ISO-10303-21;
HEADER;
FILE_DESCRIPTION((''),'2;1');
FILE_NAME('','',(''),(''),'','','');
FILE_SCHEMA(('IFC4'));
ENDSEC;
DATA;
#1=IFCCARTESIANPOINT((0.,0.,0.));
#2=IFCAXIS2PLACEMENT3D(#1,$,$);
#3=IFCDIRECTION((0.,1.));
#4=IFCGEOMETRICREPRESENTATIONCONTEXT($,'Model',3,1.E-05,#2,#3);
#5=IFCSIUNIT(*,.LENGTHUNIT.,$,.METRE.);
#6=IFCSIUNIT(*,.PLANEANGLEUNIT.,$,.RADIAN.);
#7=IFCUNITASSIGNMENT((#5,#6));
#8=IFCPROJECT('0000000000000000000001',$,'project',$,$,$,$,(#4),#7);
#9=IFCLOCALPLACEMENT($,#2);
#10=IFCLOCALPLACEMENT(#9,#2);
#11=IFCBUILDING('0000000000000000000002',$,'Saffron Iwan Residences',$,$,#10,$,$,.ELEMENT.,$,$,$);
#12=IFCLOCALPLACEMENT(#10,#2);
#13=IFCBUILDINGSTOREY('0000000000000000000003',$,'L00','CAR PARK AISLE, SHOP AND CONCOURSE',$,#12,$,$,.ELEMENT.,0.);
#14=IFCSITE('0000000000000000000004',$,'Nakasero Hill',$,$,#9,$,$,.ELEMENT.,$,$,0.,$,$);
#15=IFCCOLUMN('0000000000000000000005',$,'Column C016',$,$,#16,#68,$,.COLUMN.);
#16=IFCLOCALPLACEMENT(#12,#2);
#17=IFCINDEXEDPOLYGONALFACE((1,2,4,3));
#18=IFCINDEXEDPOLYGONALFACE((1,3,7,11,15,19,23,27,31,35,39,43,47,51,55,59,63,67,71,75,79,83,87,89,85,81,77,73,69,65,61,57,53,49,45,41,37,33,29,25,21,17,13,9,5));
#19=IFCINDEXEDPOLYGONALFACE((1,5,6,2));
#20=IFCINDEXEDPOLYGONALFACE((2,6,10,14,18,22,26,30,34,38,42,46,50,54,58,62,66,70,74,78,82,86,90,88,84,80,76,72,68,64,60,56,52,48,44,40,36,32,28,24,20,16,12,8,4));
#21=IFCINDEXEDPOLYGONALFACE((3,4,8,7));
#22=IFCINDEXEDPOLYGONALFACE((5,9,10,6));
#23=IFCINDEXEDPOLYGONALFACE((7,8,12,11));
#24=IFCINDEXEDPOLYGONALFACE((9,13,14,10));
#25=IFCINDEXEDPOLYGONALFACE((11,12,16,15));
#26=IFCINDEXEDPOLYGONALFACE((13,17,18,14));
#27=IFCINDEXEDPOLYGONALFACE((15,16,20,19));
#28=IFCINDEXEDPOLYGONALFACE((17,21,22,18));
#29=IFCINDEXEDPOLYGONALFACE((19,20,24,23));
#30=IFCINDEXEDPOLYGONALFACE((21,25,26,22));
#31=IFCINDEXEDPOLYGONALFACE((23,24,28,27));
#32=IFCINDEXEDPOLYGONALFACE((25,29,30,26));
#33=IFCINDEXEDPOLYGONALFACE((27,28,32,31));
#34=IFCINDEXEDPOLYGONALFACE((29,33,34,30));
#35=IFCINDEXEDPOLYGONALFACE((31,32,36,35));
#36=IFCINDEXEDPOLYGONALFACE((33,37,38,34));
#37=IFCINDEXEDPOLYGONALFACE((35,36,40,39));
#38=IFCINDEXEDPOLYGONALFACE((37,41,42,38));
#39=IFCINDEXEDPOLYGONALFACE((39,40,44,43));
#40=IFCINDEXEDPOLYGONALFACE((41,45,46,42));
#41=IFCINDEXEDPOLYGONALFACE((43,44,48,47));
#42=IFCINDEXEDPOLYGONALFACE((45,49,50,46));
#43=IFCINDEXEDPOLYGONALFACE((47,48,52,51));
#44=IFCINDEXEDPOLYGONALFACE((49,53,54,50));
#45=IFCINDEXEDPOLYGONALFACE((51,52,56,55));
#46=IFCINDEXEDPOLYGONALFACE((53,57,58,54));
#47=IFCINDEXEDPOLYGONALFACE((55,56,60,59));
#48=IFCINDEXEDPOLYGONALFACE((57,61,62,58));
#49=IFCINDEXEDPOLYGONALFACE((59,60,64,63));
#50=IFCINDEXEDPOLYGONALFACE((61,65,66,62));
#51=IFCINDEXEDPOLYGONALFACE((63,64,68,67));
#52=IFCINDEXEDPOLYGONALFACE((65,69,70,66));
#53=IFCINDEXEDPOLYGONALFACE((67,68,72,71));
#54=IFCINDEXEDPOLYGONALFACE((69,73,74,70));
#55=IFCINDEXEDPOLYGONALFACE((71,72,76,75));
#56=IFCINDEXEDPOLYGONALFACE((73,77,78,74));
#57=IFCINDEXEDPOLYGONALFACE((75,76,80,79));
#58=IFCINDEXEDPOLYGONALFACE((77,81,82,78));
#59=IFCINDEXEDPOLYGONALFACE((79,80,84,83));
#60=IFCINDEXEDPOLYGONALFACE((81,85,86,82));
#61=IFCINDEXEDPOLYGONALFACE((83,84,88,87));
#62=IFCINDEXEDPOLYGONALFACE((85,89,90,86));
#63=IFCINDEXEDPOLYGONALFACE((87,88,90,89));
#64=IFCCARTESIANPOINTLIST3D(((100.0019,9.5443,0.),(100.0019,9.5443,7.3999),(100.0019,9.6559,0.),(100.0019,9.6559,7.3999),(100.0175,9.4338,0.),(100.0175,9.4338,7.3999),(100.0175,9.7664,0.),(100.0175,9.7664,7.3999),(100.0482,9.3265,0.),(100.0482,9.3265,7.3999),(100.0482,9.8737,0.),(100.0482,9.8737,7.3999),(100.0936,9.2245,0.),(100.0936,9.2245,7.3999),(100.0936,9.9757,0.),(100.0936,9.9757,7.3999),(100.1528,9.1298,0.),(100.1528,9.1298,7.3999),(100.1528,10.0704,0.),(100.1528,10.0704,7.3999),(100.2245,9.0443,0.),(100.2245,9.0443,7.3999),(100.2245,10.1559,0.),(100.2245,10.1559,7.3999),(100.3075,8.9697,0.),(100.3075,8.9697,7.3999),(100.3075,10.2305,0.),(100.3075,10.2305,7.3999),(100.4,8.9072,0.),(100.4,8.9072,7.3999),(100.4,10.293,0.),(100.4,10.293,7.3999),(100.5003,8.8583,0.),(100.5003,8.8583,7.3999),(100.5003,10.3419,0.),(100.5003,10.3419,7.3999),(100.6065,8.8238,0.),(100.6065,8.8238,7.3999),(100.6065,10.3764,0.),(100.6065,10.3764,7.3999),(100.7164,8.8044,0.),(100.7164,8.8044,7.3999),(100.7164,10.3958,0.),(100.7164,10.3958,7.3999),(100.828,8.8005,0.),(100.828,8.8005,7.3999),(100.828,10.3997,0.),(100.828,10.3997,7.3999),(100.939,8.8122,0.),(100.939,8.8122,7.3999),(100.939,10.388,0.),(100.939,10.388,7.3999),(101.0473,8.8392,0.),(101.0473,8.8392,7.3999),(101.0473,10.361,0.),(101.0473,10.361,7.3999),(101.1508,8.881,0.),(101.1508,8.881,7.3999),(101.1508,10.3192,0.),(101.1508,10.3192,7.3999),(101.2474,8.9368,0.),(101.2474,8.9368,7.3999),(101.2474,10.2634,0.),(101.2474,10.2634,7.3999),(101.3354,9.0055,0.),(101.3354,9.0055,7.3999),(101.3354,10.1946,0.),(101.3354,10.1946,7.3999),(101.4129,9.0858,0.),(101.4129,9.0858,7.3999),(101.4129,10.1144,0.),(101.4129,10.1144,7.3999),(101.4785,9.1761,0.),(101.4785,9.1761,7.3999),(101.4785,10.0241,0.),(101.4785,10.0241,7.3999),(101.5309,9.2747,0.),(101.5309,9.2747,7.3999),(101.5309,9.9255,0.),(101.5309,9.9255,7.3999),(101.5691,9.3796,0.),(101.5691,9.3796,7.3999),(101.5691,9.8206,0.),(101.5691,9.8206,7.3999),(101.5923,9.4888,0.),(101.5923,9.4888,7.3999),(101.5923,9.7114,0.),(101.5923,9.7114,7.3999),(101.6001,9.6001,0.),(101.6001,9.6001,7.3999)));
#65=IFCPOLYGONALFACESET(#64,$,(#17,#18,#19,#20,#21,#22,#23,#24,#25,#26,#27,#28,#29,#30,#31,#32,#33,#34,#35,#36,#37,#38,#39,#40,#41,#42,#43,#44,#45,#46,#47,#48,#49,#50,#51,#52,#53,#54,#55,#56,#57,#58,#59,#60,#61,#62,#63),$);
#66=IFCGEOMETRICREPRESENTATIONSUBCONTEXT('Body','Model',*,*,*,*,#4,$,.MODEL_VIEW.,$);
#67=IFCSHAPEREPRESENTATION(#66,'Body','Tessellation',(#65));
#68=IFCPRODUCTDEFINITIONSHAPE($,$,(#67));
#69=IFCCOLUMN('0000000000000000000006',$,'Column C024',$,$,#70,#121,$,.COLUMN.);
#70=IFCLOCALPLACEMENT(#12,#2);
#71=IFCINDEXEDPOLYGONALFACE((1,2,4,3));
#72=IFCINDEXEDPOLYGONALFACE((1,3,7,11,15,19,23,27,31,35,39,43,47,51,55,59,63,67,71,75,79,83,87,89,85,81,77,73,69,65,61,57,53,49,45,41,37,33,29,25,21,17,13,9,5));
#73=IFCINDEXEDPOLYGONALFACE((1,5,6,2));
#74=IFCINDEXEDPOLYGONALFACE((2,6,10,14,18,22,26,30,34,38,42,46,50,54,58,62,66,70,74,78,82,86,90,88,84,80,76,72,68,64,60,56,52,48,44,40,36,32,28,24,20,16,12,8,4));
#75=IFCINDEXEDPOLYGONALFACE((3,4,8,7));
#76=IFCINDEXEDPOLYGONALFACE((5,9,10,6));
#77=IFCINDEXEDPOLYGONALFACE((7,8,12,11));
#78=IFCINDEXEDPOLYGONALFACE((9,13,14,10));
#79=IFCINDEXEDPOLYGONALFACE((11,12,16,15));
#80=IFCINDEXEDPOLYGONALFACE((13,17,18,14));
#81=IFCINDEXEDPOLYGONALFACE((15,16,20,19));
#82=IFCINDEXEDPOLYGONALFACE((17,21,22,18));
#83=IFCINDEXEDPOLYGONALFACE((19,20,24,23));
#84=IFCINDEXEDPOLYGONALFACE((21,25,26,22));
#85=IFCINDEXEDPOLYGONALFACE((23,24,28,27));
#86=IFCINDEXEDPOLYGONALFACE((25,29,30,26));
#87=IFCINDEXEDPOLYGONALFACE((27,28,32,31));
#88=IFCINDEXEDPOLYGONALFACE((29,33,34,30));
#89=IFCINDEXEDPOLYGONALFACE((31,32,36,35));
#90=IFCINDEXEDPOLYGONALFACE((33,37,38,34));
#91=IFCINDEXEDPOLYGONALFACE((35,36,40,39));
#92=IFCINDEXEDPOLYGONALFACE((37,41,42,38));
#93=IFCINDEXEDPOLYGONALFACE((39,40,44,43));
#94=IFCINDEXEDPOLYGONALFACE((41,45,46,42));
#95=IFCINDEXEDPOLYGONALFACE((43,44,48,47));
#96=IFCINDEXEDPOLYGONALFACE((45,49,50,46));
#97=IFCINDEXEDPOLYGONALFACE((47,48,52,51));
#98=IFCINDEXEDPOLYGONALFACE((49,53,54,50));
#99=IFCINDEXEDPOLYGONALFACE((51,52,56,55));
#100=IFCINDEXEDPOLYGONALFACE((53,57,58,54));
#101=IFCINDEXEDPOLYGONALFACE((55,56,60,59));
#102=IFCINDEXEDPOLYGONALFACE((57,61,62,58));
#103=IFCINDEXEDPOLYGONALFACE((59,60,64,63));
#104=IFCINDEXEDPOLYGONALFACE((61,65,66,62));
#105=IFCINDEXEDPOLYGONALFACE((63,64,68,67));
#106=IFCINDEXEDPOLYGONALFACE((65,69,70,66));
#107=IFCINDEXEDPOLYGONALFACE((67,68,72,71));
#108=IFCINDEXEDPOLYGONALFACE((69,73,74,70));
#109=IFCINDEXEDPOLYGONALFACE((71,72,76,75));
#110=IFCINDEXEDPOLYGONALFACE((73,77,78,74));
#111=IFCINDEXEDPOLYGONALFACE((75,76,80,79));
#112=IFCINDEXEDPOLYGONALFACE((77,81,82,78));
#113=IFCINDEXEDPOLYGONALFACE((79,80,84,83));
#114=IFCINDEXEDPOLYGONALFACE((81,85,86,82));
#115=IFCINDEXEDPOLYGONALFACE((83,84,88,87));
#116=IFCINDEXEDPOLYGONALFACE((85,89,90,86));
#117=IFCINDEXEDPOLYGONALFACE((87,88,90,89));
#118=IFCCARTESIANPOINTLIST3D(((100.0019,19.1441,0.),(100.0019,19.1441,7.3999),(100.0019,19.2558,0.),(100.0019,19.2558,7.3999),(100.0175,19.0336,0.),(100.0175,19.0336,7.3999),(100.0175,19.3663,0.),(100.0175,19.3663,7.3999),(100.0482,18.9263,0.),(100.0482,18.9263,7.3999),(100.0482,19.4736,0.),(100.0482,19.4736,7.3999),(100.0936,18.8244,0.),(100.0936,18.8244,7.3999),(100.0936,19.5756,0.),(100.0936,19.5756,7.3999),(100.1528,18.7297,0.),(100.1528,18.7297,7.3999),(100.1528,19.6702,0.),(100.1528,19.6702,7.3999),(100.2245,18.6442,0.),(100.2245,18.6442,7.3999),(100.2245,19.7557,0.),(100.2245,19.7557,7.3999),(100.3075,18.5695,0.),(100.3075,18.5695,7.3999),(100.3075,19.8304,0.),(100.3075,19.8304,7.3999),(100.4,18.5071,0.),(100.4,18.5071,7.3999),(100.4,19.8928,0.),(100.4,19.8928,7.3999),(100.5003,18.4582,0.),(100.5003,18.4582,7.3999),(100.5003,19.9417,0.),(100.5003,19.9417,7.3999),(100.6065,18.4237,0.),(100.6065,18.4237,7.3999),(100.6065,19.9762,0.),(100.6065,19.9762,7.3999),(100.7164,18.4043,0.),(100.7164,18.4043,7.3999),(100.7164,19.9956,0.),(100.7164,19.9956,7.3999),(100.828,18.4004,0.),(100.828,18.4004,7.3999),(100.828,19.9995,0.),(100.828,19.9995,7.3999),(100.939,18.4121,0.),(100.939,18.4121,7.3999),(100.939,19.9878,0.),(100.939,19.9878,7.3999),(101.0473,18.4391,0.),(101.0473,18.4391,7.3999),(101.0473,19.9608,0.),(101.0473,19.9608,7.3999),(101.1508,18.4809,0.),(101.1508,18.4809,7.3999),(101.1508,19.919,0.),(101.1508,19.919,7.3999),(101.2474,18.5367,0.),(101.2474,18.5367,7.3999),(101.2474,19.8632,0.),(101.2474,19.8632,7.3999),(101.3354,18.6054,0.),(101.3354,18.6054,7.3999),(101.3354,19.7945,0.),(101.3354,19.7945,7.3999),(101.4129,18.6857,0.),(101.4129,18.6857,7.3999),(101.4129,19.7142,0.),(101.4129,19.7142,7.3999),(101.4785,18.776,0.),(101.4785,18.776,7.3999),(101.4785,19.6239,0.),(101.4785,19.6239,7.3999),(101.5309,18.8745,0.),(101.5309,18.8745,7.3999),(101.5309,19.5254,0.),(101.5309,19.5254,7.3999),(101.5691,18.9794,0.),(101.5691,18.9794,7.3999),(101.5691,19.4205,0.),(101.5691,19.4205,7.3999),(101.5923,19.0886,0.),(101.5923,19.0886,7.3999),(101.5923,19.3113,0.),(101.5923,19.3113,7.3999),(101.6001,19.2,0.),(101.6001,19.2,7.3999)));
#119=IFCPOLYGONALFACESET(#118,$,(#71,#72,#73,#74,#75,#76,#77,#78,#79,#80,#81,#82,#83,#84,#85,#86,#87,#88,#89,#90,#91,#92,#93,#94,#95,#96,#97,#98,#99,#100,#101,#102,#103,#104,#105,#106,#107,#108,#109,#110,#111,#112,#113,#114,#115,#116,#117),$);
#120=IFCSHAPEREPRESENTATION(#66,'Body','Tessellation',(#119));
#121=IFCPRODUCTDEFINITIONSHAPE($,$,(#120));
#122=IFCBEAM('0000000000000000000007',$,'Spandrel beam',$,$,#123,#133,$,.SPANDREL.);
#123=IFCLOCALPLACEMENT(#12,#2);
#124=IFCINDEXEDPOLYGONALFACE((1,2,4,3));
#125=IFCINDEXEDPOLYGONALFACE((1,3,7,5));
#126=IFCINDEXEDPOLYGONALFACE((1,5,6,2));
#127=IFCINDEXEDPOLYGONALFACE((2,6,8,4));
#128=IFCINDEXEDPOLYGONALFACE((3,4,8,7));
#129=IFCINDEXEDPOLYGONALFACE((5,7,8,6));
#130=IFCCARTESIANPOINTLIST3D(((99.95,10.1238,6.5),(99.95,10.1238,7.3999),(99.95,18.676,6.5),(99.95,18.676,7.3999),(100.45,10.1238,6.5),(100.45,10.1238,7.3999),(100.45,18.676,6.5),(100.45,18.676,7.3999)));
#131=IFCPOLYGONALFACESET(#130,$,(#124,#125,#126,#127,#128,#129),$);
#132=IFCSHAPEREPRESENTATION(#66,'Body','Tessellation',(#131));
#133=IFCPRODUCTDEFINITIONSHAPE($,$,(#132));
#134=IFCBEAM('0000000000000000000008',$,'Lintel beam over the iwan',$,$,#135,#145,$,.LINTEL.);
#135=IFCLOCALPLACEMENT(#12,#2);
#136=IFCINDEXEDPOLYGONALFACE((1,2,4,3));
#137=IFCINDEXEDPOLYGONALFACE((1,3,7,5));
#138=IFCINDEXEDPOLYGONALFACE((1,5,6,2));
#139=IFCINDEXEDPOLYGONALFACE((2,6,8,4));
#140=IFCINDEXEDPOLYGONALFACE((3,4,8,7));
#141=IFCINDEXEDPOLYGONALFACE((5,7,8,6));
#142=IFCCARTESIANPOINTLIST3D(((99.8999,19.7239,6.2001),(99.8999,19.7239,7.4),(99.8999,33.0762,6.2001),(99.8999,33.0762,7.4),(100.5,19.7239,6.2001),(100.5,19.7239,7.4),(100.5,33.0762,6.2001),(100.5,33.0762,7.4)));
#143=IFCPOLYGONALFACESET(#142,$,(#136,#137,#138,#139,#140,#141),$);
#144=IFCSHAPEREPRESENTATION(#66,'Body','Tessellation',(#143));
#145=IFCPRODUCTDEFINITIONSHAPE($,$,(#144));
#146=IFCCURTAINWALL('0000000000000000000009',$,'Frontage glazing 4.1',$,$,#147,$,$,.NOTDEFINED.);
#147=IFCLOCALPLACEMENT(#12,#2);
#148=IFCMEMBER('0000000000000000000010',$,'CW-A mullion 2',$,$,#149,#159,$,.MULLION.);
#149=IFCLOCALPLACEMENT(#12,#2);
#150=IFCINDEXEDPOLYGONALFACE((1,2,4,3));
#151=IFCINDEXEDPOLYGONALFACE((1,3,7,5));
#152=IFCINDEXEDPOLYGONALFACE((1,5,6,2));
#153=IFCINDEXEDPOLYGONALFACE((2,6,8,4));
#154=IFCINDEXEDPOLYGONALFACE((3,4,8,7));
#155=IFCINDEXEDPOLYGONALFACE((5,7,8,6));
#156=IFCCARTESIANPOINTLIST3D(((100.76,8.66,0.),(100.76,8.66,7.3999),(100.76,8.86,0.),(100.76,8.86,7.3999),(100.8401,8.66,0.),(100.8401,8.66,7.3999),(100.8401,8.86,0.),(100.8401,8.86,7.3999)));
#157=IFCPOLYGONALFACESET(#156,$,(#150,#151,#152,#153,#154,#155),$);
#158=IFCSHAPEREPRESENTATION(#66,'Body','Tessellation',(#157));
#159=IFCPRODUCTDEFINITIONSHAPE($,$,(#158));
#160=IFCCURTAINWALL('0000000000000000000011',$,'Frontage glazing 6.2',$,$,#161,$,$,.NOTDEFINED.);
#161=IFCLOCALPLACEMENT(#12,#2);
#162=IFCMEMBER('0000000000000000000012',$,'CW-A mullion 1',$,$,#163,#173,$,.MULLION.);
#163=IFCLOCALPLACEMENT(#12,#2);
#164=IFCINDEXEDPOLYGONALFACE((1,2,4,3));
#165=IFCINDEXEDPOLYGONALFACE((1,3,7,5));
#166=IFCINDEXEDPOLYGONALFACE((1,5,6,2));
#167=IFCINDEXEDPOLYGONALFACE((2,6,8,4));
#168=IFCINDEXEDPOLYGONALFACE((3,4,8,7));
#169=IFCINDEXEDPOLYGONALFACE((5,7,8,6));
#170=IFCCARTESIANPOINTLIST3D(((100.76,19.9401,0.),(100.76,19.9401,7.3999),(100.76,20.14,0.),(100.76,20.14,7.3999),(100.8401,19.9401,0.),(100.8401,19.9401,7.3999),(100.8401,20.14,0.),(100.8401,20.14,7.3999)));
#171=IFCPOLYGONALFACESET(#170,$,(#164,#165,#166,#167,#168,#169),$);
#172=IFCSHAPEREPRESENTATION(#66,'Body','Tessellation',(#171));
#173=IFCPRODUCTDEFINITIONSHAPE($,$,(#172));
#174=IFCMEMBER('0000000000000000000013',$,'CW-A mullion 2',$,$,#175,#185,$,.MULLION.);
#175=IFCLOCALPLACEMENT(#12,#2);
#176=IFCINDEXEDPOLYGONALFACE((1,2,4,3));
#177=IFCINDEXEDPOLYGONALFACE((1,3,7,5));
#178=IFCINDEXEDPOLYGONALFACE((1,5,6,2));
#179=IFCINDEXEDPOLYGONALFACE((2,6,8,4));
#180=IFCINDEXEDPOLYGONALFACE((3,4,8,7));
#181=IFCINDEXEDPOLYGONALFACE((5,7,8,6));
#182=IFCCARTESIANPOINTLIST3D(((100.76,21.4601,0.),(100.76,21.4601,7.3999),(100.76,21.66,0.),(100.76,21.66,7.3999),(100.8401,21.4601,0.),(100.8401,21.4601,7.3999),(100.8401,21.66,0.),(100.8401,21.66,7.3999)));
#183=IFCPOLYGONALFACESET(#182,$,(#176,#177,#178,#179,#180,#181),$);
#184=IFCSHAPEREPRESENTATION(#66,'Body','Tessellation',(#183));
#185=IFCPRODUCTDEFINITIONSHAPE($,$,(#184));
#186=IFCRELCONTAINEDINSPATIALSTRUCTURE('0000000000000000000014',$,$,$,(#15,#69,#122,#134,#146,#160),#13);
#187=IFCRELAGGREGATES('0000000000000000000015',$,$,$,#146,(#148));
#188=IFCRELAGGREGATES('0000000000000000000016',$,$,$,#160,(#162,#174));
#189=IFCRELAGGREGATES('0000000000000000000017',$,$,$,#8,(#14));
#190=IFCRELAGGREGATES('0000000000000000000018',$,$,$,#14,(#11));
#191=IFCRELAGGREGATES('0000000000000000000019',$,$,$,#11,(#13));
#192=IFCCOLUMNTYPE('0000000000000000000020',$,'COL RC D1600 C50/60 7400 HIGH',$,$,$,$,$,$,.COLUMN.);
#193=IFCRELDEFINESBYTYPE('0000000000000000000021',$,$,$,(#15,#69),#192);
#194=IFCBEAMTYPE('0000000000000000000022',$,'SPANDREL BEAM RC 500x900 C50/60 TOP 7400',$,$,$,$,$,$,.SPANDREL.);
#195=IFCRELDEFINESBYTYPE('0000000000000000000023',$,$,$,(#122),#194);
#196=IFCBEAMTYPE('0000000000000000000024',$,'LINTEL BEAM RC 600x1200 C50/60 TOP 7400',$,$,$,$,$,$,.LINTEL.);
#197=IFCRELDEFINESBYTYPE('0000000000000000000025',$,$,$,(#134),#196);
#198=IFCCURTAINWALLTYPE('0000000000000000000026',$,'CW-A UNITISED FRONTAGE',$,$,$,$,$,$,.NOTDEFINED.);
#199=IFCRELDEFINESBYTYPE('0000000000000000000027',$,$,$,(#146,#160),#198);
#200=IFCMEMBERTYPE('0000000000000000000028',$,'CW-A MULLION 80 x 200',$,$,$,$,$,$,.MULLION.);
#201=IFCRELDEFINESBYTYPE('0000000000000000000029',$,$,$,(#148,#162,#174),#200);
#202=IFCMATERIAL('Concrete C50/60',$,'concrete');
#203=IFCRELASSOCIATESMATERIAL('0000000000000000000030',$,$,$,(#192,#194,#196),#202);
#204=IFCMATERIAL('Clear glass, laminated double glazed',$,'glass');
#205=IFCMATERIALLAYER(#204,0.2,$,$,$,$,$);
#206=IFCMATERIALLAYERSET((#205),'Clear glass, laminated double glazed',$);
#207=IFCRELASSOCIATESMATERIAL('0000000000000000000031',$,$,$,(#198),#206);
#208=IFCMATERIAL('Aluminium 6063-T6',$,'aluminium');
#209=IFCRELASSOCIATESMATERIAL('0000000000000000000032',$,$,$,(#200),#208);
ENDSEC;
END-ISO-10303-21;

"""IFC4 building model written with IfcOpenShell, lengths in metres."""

from ifc_helpers import new_model, si_unit, direction, frame, origin, origin_2d, place, context, subcontext, project, spatial, rectangle, circle, extrude, source, transform, mapped, material, layer, layer_set, material_profile, profile_set, type_object, element, aggregate, save


model = new_model("IFC4")

# Units and contexts
model_context = context("Model", 3, precision=1e-05, world=origin(), true_north=direction((0.0, 1.0)))
body_context = subcontext(model_context, "Body", "Model", "MODEL_VIEW")
ifc_project = project(units=[si_unit("LENGTHUNIT", "METRE"), si_unit("PLANEANGLEUNIT", "RADIAN")], contexts=[model_context])

# Site, building, storey
site_placement = place(None, origin())
site = spatial("IfcSite", under=ifc_project, at=site_placement, Name="Nakasero Hill", CompositionType="ELEMENT", RefElevation=0.0)
building_placement = place(site_placement, origin())
building = spatial("IfcBuilding", under=site, at=building_placement, Name="Saffron Iwan Residences", CompositionType="ELEMENT")
storey_placement = place(building_placement, origin())
storey = spatial("IfcBuildingStorey", under=building, at=storey_placement, Name="L00", Description="CAR PARK AISLE, SHOP AND CONCOURSE", CompositionType="ELEMENT", Elevation=0.0)

# Columns
ifc_material_1 = material(Name="Concrete C50/60", Category="concrete")
ifc_material_profile_1 = material_profile(ifc_material_1, circle(Radius=0.8, at=origin_2d()), Name="RC D1600")
ifc_profile_set_1 = profile_set([ifc_material_profile_1], Name="Concrete C50/60")
column_type = type_object("IfcColumnType", Name="COL RC D1600 C50/60 7400 HIGH", PredefinedType="COLUMN", material=ifc_profile_set_1)
shared_shape_1 = source(origin(), body_context, "Body", "SweptSolid", [
    extrude(circle(Radius=0.8, at=origin_2d()), origin(), (0.0, 0.0, 1.0), 7.3999),
])
for number, where, z_axis, x_axis, name in (
    (1, (100.8, 9.6001, 0.0), (0.0, 0.0, 1.0), (1.0, 0.0, 0.0), "Column C016"),
    (2, (100.8, 19.2, 0.0), (0.0, 0.0, 1.0), (1.0, 0.0, 0.0), "Column C024"),
):
    element("IfcColumn", number, at=place(storey_placement, frame(where, z_axis=z_axis, x_axis=x_axis)), inside=storey, type_object=column_type, Name=name, PredefinedType="COLUMN", context=body_context, shape_type="MappedRepresentation", body=[
        mapped(shared_shape_1, transform((0.0, 0.0, 0.0))),
    ])

# Beams
ifc_material_profile_2 = material_profile(ifc_material_1, rectangle(XDim=0.5, YDim=0.8999, at=origin_2d()), Name="RC 500x900")
ifc_profile_set_2 = profile_set([ifc_material_profile_2], Name="Concrete C50/60")
beam_type_1 = type_object("IfcBeamType", Name="SPANDREL BEAM RC 500x900 C50/60 TOP 7400", PredefinedType="SPANDREL", material=ifc_profile_set_2)
shared_shape_2 = source(origin(), body_context, "Body", "SweptSolid", [
    extrude(rectangle(XDim=0.5, YDim=0.8999, at=origin_2d()), origin(), (0.0, 0.0, 1.0), 8.5522),
])
beam_1_placement = place(storey_placement, frame((100.2, 18.676, 6.95), z_axis=(0.0, -1.0, 0.0), x_axis=(1.0, 0.0, 0.0)))
element("IfcBeam", 3, at=beam_1_placement, inside=storey, type_object=beam_type_1, Name="Spandrel beam", PredefinedType="SPANDREL", context=body_context, shape_type="MappedRepresentation", body=[
    mapped(shared_shape_2, transform((0.0, 0.0, 0.0))),
])
ifc_material_profile_3 = material_profile(ifc_material_1, rectangle(XDim=0.6001, YDim=1.2, at=origin_2d()), Name="RC 600x1200")
ifc_profile_set_3 = profile_set([ifc_material_profile_3], Name="Concrete C50/60")
beam_type_2 = type_object("IfcBeamType", Name="LINTEL BEAM RC 600x1200 C50/60 TOP 7400", PredefinedType="LINTEL", material=ifc_profile_set_3)
shared_shape_3 = source(origin(), body_context, "Body", "SweptSolid", [
    extrude(rectangle(XDim=0.6001, YDim=1.2, at=origin_2d()), origin(), (0.0, 0.0, 1.0), 13.3523),
])
beam_2_placement = place(storey_placement, frame((100.2, 33.0762, 6.8), z_axis=(0.0, -1.0, 0.0), x_axis=(1.0, 0.0, 0.0)))
element("IfcBeam", 4, at=beam_2_placement, inside=storey, type_object=beam_type_2, Name="Lintel beam over the iwan", PredefinedType="LINTEL", context=body_context, shape_type="MappedRepresentation", body=[
    mapped(shared_shape_3, transform((0.0, 0.0, 0.0))),
])

# Curtain wall, member
ifc_material_2 = material(Name="Clear glass, laminated double glazed", Category="glass")
ifc_layer_1 = layer(ifc_material_2, 0.2)
ifc_layer_set_1 = layer_set([ifc_layer_1], Name="Clear glass, laminated double glazed")
curtain_wall_type = type_object("IfcCurtainWallType", Name="CW-A UNITISED FRONTAGE", PredefinedType="NOTDEFINED", material=ifc_layer_set_1)
curtain_wall_1_placement = place(storey_placement, origin())
curtain_wall_1 = element("IfcCurtainWall", 5, at=curtain_wall_1_placement, inside=storey, type_object=curtain_wall_type, Name="Frontage glazing 4.1", PredefinedType="NOTDEFINED")
ifc_material_3 = material(Name="Aluminium 6063-T6", Category="aluminium")
ifc_material_profile_4 = material_profile(ifc_material_3, rectangle(XDim=0.0801, YDim=0.2, at=origin_2d()), Name="CW-A MULLION 80 x 200")
ifc_profile_set_4 = profile_set([ifc_material_profile_4], Name="Aluminium 6063-T6")
member_type_1 = type_object("IfcMemberType", Name="CW-A MULLION 80 x 200", PredefinedType="MULLION", material=ifc_profile_set_4)
shared_shape_4 = source(origin(), body_context, "Body", "SweptSolid", [
    extrude(rectangle(XDim=0.0801, YDim=0.2, at=origin_2d()), origin(), (0.0, 0.0, 1.0), 7.3999),
])
member_1_placement = place(storey_placement, frame((100.8, 8.76, 0.0), z_axis=(0.0, 0.0, 1.0), x_axis=(-1.0, 0.0, 0.0)))
member_1 = element("IfcMember", 6, at=member_1_placement, type_object=member_type_1, Name="CW-A mullion 2", PredefinedType="MULLION", context=body_context, shape_type="MappedRepresentation", body=[
    mapped(shared_shape_4, transform((0.0, 0.0, 0.0))),
])

# Curtain wall, members
curtain_wall_2_placement = place(storey_placement, origin())
curtain_wall_2 = element("IfcCurtainWall", 7, at=curtain_wall_2_placement, inside=storey, type_object=curtain_wall_type, Name="Frontage glazing 6.2", PredefinedType="NOTDEFINED")
member_2_placement = place(storey_placement, frame((100.8, 20.04, 0.0), z_axis=(0.0, 0.0, 1.0), x_axis=(-1.0, 0.0, 0.0)))
member_2 = element("IfcMember", 8, at=member_2_placement, type_object=member_type_1, Name="CW-A mullion 1", PredefinedType="MULLION", context=body_context, shape_type="MappedRepresentation", body=[
    mapped(shared_shape_4, transform((0.0, 0.0, 0.0))),
])
member_3_placement = place(storey_placement, frame((100.8, 21.5601, 0.0), z_axis=(0.0, 0.0, 1.0), x_axis=(-1.0, 0.0, 0.0)))
member_3 = element("IfcMember", 9, at=member_3_placement, type_object=member_type_1, Name="CW-A mullion 2", PredefinedType="MULLION", context=body_context, shape_type="MappedRepresentation", body=[
    mapped(shared_shape_4, transform((0.0, 0.0, 0.0))),
])

aggregate(curtain_wall_1, [member_1])
aggregate(curtain_wall_2, [member_2, member_3])

save(model, "model.ifc")
